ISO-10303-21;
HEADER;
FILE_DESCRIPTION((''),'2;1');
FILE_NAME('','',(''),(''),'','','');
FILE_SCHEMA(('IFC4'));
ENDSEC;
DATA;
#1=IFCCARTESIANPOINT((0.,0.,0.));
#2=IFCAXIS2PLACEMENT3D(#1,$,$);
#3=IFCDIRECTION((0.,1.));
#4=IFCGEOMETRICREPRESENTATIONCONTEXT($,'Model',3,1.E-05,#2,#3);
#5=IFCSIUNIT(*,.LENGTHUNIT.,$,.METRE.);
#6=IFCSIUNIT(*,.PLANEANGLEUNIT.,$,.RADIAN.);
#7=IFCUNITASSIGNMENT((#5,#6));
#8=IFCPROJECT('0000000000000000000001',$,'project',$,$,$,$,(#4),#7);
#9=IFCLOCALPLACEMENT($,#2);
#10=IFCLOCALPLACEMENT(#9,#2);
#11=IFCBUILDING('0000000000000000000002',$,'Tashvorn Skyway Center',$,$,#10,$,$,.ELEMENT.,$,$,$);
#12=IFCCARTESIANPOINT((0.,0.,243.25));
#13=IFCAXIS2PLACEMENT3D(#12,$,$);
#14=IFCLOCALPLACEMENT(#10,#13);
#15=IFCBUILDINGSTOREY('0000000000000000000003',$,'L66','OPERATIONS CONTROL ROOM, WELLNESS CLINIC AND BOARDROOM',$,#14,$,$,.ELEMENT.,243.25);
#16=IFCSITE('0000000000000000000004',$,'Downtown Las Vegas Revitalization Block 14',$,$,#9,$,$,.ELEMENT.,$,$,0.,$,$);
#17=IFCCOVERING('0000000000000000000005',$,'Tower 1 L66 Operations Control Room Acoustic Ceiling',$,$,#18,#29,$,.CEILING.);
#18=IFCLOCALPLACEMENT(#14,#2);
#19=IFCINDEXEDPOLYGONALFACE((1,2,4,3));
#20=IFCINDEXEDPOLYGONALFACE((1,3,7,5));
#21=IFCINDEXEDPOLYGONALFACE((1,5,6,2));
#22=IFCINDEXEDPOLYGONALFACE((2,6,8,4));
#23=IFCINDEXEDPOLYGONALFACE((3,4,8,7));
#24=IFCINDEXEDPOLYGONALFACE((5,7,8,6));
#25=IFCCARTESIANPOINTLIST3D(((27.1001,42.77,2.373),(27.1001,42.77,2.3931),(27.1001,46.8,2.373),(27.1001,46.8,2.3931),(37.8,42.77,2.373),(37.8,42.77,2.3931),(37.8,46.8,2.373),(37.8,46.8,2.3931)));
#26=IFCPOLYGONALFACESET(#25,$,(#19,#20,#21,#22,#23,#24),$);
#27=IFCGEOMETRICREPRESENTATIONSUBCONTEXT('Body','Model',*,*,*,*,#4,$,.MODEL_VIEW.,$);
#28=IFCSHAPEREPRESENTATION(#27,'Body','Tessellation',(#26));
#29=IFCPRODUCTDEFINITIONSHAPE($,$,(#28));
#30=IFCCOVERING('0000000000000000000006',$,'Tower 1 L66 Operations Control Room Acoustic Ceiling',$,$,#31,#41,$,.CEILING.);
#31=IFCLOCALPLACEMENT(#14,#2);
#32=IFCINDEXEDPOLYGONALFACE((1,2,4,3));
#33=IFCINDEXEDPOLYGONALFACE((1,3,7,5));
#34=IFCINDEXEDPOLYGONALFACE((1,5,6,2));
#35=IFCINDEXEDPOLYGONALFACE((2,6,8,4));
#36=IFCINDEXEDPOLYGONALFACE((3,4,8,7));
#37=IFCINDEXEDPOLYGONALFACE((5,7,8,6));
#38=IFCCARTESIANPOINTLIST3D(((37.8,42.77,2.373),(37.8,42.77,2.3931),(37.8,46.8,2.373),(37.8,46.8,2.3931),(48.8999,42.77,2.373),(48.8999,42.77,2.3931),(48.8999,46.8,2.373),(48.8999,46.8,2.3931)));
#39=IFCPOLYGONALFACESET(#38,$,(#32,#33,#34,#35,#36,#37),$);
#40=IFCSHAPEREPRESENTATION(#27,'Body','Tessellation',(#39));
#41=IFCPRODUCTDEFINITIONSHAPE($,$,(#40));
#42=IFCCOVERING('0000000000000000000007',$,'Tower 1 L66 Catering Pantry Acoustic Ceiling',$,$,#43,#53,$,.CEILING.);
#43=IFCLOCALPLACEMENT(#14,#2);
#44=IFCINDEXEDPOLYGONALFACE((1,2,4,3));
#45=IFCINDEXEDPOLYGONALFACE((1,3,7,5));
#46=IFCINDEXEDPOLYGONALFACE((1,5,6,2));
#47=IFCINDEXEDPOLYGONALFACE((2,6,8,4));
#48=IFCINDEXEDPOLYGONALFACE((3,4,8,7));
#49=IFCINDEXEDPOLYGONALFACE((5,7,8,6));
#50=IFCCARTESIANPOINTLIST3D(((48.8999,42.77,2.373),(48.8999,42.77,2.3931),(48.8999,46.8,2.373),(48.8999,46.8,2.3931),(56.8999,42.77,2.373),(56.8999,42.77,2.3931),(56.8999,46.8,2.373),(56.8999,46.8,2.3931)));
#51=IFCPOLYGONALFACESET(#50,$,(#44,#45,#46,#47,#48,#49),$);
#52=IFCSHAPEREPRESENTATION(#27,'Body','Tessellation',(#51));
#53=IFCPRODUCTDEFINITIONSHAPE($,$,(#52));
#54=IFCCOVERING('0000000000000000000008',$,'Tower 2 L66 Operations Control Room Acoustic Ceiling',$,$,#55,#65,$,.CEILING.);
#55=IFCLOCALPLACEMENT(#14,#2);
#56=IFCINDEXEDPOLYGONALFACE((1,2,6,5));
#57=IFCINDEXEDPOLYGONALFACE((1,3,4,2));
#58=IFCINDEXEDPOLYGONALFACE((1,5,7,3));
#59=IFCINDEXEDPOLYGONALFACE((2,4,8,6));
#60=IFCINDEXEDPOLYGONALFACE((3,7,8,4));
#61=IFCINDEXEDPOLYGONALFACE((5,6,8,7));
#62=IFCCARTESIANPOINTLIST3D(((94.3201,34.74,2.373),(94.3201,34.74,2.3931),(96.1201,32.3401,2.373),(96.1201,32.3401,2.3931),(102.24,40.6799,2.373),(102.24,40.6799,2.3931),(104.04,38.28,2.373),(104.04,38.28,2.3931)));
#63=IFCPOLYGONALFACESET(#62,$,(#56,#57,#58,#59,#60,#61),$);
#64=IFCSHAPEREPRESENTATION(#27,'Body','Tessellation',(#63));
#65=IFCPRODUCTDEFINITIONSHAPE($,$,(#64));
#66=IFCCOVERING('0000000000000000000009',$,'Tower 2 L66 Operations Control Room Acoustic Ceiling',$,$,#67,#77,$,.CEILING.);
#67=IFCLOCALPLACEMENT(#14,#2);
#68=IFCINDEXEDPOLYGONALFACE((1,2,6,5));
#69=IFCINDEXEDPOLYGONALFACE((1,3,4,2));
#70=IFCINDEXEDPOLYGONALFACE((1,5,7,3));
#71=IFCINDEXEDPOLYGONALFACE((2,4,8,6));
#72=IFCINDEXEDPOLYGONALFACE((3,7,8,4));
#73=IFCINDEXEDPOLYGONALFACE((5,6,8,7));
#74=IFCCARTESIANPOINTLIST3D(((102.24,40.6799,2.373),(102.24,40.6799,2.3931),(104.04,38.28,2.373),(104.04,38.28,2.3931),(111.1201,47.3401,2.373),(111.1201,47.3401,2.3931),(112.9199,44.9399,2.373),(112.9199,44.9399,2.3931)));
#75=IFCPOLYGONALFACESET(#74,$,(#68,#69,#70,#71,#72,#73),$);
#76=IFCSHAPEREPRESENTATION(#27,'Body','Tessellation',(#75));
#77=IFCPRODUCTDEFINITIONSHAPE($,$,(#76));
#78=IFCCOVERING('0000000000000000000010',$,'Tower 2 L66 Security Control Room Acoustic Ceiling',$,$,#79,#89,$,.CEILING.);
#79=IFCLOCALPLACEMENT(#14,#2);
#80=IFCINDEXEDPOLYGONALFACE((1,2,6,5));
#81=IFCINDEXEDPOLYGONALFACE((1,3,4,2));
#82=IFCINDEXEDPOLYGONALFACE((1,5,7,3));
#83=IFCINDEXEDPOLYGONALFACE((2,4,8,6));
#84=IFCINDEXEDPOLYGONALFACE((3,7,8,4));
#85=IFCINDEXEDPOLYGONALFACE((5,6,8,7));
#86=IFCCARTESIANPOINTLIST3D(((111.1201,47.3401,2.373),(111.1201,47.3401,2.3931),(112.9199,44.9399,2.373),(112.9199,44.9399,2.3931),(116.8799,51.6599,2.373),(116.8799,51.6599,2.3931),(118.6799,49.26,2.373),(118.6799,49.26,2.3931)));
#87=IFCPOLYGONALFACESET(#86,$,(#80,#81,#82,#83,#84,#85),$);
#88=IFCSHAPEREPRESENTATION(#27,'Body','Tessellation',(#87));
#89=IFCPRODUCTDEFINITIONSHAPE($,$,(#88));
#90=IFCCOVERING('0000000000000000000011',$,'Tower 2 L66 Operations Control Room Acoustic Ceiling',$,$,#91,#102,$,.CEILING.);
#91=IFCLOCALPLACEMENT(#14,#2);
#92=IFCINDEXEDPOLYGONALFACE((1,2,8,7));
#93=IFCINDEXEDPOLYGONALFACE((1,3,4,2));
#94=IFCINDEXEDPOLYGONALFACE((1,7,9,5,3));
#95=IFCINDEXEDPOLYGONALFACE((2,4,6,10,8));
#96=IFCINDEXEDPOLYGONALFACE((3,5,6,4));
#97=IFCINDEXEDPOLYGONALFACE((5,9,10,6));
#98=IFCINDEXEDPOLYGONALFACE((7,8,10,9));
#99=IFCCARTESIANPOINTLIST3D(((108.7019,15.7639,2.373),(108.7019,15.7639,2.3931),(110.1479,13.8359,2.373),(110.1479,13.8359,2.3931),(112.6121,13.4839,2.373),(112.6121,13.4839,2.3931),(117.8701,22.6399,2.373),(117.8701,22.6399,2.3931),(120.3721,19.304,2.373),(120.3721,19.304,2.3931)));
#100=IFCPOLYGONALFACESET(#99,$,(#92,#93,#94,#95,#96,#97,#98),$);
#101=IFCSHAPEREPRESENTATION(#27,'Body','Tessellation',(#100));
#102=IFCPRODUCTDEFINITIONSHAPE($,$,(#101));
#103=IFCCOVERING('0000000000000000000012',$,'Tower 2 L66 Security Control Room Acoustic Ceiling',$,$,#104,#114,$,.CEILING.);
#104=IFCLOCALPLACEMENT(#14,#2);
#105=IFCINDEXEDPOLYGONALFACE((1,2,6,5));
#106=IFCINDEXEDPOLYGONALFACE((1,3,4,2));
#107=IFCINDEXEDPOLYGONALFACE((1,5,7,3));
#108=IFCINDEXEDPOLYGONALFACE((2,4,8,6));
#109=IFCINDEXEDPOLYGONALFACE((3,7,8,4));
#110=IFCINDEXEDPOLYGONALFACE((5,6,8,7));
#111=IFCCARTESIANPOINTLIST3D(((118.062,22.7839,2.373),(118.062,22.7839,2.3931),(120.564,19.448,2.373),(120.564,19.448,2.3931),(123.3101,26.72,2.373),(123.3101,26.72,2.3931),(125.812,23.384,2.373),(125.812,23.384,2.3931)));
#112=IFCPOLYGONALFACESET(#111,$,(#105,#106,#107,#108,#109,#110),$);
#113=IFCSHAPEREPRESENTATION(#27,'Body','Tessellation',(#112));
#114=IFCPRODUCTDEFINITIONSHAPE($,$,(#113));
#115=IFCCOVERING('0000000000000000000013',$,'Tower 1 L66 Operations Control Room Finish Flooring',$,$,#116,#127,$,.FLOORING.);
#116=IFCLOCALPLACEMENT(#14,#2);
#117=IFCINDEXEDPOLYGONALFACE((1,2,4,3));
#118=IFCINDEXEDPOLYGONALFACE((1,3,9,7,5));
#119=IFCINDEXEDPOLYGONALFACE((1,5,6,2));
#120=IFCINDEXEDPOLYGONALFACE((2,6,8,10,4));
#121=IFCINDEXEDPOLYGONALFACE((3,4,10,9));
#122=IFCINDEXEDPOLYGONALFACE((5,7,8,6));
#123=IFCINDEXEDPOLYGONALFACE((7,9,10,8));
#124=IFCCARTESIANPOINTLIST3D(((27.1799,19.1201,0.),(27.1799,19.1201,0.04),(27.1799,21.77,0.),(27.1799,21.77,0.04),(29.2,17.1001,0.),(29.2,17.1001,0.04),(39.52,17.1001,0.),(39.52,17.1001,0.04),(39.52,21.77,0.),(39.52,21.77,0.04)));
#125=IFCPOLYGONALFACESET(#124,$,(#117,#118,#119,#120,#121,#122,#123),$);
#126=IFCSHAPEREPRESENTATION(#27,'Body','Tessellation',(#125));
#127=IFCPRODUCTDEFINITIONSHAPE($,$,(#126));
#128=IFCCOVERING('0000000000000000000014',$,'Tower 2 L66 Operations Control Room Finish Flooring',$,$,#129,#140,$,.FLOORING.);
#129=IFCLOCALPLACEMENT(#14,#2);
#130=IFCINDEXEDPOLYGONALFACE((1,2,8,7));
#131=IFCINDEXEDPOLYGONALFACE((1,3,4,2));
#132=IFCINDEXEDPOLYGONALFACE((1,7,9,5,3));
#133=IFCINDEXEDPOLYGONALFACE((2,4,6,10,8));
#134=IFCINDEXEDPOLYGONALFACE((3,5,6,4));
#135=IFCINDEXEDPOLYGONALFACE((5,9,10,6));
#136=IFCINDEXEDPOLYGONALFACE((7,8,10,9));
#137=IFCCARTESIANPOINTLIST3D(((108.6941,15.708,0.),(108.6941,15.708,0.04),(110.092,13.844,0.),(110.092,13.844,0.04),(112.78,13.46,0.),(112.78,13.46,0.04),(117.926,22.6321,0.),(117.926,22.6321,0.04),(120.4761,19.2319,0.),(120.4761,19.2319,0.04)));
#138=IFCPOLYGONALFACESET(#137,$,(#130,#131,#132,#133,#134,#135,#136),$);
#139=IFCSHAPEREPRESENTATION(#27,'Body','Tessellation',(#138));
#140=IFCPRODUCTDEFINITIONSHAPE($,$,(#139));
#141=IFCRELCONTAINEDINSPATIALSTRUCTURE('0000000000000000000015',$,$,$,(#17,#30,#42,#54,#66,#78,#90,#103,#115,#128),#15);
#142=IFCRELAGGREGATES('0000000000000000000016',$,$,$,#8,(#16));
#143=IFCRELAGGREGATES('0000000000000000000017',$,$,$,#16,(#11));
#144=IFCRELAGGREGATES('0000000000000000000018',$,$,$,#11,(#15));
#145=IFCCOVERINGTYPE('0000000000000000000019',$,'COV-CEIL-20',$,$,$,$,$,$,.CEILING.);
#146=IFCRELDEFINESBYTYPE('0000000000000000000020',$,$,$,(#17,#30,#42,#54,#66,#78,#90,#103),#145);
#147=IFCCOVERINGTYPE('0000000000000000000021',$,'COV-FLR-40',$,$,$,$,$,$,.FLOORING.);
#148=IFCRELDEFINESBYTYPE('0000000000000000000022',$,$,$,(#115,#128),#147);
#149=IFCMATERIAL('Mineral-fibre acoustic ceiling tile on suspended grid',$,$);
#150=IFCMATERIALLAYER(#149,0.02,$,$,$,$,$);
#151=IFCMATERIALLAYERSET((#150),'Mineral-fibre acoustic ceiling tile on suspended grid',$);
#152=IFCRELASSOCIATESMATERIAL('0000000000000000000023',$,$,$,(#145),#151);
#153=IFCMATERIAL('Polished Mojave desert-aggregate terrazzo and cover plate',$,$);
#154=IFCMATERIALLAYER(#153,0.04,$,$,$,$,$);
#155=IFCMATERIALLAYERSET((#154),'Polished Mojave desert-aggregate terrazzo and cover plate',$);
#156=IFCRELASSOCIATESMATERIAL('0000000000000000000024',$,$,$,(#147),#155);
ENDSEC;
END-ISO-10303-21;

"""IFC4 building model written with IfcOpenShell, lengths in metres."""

from ifc_helpers import new_model, si_unit, direction, frame, origin, place, context, subcontext, project, spatial, polyline, outline, extrude, material, layer, layer_set, type_object, element, save


model = new_model("IFC4")

# Units and contexts
model_context = context("Model", 3, precision=1e-05, world=origin(), true_north=direction((0.0, 1.0)))
body_context = subcontext(model_context, "Body", "Model", "MODEL_VIEW")
ifc_project = project(units=[si_unit("LENGTHUNIT", "METRE"), si_unit("PLANEANGLEUNIT", "RADIAN")], contexts=[model_context])

# Site, building, storey
site_placement = place(None, origin())
site = spatial("IfcSite", under=ifc_project, at=site_placement, Name="Downtown Las Vegas Revitalization Block 14", CompositionType="ELEMENT", RefElevation=0.0)
building_placement = place(site_placement, origin())
building = spatial("IfcBuilding", under=site, at=building_placement, Name="Tashvorn Skyway Center", CompositionType="ELEMENT")
storey_placement = place(building_placement, frame((0.0, 0.0, 243.25)))
storey = spatial("IfcBuildingStorey", under=building, at=storey_placement, Name="L66", Description="OPERATIONS CONTROL ROOM, WELLNESS CLINIC AND BOARDROOM", CompositionType="ELEMENT", Elevation=243.25)

# Coverings
ifc_material_1 = material(Name="Mineral-fibre acoustic ceiling tile on suspended grid")
ifc_layer_1 = layer(ifc_material_1, 0.02)
ifc_layer_set_1 = layer_set([ifc_layer_1], Name="Mineral-fibre acoustic ceiling tile on suspended grid")
covering_type_1 = type_object("IfcCoveringType", Name="COV-CEIL-20", PredefinedType="CEILING", material=ifc_layer_set_1)
covering_1_placement = place(storey_placement, frame((0.0, 0.0, 2.373)))
element("IfcCovering", 1, at=covering_1_placement, inside=storey, type_object=covering_type_1, Name="Tower 1 L66 Operations Control Room Acoustic Ceiling", PredefinedType="CEILING", context=body_context, shape_type="SweptSolid", body=[
    extrude(outline(polyline([(27.1001, 42.77), (37.8, 42.77), (37.8, 46.8), (27.1001, 46.8), (27.1001, 42.77)])), origin(), (0.0, 0.0, 1.0), 0.02),
])
covering_2_placement = place(storey_placement, frame((0.0, 0.0, 2.373)))
element("IfcCovering", 2, at=covering_2_placement, inside=storey, type_object=covering_type_1, Name="Tower 1 L66 Operations Control Room Acoustic Ceiling", PredefinedType="CEILING", context=body_context, shape_type="SweptSolid", body=[
    extrude(outline(polyline([(37.8, 42.77), (48.8999, 42.77), (48.8999, 46.8), (37.8, 46.8), (37.8, 42.77)])), origin(), (0.0, 0.0, 1.0), 0.02),
])
covering_3_placement = place(storey_placement, frame((0.0, 0.0, 2.373)))
element("IfcCovering", 3, at=covering_3_placement, inside=storey, type_object=covering_type_1, Name="Tower 1 L66 Catering Pantry Acoustic Ceiling", PredefinedType="CEILING", context=body_context, shape_type="SweptSolid", body=[
    extrude(outline(polyline([(48.8999, 42.77), (56.8999, 42.77), (56.8999, 46.8), (48.8999, 46.8), (48.8999, 42.77)])), origin(), (0.0, 0.0, 1.0), 0.02),
])
covering_4_placement = place(storey_placement, frame((0.0, 0.0, 2.373)))
element("IfcCovering", 4, at=covering_4_placement, inside=storey, type_object=covering_type_1, Name="Tower 2 L66 Operations Control Room Acoustic Ceiling", PredefinedType="CEILING", context=body_context, shape_type="SweptSolid", body=[
    extrude(outline(polyline([(96.1201, 32.3401), (104.04, 38.28), (102.24, 40.6799), (94.3201, 34.74), (96.1201, 32.3401)])), origin(), (0.0, 0.0, 1.0), 0.02),
])
covering_5_placement = place(storey_placement, frame((0.0, 0.0, 2.373)))
element("IfcCovering", 5, at=covering_5_placement, inside=storey, type_object=covering_type_1, Name="Tower 2 L66 Operations Control Room Acoustic Ceiling", PredefinedType="CEILING", context=body_context, shape_type="SweptSolid", body=[
    extrude(outline(polyline([(104.04, 38.28), (112.9199, 44.9399), (111.1201, 47.3401), (102.24, 40.6799), (104.04, 38.28)])), origin(), (0.0, 0.0, 1.0), 0.02),
])
covering_6_placement = place(storey_placement, frame((0.0, 0.0, 2.373)))
element("IfcCovering", 6, at=covering_6_placement, inside=storey, type_object=covering_type_1, Name="Tower 2 L66 Security Control Room Acoustic Ceiling", PredefinedType="CEILING", context=body_context, shape_type="SweptSolid", body=[
    extrude(outline(polyline([(112.9199, 44.9399), (118.6799, 49.26), (116.8799, 51.6599), (111.1201, 47.3401), (112.9199, 44.9399)])), origin(), (0.0, 0.0, 1.0), 0.02),
])
covering_7_placement = place(storey_placement, frame((0.0, 0.0, 2.373)))
element("IfcCovering", 7, at=covering_7_placement, inside=storey, type_object=covering_type_1, Name="Tower 2 L66 Operations Control Room Acoustic Ceiling", PredefinedType="CEILING", context=body_context, shape_type="SweptSolid", body=[
    extrude(outline(polyline([(108.7019, 15.7639), (117.8701, 22.6399), (120.3721, 19.304), (112.6121, 13.4839), (110.1479, 13.8359), (108.7019, 15.7639)])), origin(), (0.0, 0.0, 1.0), 0.02),
])
covering_8_placement = place(storey_placement, frame((0.0, 0.0, 2.373)))
element("IfcCovering", 8, at=covering_8_placement, inside=storey, type_object=covering_type_1, Name="Tower 2 L66 Security Control Room Acoustic Ceiling", PredefinedType="CEILING", context=body_context, shape_type="SweptSolid", body=[
    extrude(outline(polyline([(118.062, 22.7839), (123.3101, 26.72), (125.812, 23.384), (120.564, 19.448), (118.062, 22.7839)])), origin(), (0.0, 0.0, 1.0), 0.02),
])
ifc_material_2 = material(Name="Polished Mojave desert-aggregate terrazzo and cover plate")
ifc_layer_2 = layer(ifc_material_2, 0.04)
ifc_layer_set_2 = layer_set([ifc_layer_2], Name="Polished Mojave desert-aggregate terrazzo and cover plate")
covering_type_2 = type_object("IfcCoveringType", Name="COV-FLR-40", PredefinedType="FLOORING", material=ifc_layer_set_2)
covering_9_placement = place(storey_placement, origin())
element("IfcCovering", 9, at=covering_9_placement, inside=storey, type_object=covering_type_2, Name="Tower 1 L66 Operations Control Room Finish Flooring", PredefinedType="FLOORING", context=body_context, shape_type="SweptSolid", body=[
    extrude(outline(polyline([(29.2, 17.1001), (27.1799, 19.1201), (27.1799, 21.77), (39.52, 21.77), (39.52, 17.1001), (29.2, 17.1001)])), origin(), (0.0, 0.0, 1.0), 0.04),
])
covering_10_placement = place(storey_placement, origin())
element("IfcCovering", 10, at=covering_10_placement, inside=storey, type_object=covering_type_2, Name="Tower 2 L66 Operations Control Room Finish Flooring", PredefinedType="FLOORING", context=body_context, shape_type="SweptSolid", body=[
    extrude(outline(polyline([(112.78, 13.46), (110.092, 13.844), (108.6941, 15.708), (117.926, 22.6321), (120.4761, 19.2319), (112.78, 13.46)])), origin(), (0.0, 0.0, 1.0), 0.04),
])

save(model, "model.ifc")
